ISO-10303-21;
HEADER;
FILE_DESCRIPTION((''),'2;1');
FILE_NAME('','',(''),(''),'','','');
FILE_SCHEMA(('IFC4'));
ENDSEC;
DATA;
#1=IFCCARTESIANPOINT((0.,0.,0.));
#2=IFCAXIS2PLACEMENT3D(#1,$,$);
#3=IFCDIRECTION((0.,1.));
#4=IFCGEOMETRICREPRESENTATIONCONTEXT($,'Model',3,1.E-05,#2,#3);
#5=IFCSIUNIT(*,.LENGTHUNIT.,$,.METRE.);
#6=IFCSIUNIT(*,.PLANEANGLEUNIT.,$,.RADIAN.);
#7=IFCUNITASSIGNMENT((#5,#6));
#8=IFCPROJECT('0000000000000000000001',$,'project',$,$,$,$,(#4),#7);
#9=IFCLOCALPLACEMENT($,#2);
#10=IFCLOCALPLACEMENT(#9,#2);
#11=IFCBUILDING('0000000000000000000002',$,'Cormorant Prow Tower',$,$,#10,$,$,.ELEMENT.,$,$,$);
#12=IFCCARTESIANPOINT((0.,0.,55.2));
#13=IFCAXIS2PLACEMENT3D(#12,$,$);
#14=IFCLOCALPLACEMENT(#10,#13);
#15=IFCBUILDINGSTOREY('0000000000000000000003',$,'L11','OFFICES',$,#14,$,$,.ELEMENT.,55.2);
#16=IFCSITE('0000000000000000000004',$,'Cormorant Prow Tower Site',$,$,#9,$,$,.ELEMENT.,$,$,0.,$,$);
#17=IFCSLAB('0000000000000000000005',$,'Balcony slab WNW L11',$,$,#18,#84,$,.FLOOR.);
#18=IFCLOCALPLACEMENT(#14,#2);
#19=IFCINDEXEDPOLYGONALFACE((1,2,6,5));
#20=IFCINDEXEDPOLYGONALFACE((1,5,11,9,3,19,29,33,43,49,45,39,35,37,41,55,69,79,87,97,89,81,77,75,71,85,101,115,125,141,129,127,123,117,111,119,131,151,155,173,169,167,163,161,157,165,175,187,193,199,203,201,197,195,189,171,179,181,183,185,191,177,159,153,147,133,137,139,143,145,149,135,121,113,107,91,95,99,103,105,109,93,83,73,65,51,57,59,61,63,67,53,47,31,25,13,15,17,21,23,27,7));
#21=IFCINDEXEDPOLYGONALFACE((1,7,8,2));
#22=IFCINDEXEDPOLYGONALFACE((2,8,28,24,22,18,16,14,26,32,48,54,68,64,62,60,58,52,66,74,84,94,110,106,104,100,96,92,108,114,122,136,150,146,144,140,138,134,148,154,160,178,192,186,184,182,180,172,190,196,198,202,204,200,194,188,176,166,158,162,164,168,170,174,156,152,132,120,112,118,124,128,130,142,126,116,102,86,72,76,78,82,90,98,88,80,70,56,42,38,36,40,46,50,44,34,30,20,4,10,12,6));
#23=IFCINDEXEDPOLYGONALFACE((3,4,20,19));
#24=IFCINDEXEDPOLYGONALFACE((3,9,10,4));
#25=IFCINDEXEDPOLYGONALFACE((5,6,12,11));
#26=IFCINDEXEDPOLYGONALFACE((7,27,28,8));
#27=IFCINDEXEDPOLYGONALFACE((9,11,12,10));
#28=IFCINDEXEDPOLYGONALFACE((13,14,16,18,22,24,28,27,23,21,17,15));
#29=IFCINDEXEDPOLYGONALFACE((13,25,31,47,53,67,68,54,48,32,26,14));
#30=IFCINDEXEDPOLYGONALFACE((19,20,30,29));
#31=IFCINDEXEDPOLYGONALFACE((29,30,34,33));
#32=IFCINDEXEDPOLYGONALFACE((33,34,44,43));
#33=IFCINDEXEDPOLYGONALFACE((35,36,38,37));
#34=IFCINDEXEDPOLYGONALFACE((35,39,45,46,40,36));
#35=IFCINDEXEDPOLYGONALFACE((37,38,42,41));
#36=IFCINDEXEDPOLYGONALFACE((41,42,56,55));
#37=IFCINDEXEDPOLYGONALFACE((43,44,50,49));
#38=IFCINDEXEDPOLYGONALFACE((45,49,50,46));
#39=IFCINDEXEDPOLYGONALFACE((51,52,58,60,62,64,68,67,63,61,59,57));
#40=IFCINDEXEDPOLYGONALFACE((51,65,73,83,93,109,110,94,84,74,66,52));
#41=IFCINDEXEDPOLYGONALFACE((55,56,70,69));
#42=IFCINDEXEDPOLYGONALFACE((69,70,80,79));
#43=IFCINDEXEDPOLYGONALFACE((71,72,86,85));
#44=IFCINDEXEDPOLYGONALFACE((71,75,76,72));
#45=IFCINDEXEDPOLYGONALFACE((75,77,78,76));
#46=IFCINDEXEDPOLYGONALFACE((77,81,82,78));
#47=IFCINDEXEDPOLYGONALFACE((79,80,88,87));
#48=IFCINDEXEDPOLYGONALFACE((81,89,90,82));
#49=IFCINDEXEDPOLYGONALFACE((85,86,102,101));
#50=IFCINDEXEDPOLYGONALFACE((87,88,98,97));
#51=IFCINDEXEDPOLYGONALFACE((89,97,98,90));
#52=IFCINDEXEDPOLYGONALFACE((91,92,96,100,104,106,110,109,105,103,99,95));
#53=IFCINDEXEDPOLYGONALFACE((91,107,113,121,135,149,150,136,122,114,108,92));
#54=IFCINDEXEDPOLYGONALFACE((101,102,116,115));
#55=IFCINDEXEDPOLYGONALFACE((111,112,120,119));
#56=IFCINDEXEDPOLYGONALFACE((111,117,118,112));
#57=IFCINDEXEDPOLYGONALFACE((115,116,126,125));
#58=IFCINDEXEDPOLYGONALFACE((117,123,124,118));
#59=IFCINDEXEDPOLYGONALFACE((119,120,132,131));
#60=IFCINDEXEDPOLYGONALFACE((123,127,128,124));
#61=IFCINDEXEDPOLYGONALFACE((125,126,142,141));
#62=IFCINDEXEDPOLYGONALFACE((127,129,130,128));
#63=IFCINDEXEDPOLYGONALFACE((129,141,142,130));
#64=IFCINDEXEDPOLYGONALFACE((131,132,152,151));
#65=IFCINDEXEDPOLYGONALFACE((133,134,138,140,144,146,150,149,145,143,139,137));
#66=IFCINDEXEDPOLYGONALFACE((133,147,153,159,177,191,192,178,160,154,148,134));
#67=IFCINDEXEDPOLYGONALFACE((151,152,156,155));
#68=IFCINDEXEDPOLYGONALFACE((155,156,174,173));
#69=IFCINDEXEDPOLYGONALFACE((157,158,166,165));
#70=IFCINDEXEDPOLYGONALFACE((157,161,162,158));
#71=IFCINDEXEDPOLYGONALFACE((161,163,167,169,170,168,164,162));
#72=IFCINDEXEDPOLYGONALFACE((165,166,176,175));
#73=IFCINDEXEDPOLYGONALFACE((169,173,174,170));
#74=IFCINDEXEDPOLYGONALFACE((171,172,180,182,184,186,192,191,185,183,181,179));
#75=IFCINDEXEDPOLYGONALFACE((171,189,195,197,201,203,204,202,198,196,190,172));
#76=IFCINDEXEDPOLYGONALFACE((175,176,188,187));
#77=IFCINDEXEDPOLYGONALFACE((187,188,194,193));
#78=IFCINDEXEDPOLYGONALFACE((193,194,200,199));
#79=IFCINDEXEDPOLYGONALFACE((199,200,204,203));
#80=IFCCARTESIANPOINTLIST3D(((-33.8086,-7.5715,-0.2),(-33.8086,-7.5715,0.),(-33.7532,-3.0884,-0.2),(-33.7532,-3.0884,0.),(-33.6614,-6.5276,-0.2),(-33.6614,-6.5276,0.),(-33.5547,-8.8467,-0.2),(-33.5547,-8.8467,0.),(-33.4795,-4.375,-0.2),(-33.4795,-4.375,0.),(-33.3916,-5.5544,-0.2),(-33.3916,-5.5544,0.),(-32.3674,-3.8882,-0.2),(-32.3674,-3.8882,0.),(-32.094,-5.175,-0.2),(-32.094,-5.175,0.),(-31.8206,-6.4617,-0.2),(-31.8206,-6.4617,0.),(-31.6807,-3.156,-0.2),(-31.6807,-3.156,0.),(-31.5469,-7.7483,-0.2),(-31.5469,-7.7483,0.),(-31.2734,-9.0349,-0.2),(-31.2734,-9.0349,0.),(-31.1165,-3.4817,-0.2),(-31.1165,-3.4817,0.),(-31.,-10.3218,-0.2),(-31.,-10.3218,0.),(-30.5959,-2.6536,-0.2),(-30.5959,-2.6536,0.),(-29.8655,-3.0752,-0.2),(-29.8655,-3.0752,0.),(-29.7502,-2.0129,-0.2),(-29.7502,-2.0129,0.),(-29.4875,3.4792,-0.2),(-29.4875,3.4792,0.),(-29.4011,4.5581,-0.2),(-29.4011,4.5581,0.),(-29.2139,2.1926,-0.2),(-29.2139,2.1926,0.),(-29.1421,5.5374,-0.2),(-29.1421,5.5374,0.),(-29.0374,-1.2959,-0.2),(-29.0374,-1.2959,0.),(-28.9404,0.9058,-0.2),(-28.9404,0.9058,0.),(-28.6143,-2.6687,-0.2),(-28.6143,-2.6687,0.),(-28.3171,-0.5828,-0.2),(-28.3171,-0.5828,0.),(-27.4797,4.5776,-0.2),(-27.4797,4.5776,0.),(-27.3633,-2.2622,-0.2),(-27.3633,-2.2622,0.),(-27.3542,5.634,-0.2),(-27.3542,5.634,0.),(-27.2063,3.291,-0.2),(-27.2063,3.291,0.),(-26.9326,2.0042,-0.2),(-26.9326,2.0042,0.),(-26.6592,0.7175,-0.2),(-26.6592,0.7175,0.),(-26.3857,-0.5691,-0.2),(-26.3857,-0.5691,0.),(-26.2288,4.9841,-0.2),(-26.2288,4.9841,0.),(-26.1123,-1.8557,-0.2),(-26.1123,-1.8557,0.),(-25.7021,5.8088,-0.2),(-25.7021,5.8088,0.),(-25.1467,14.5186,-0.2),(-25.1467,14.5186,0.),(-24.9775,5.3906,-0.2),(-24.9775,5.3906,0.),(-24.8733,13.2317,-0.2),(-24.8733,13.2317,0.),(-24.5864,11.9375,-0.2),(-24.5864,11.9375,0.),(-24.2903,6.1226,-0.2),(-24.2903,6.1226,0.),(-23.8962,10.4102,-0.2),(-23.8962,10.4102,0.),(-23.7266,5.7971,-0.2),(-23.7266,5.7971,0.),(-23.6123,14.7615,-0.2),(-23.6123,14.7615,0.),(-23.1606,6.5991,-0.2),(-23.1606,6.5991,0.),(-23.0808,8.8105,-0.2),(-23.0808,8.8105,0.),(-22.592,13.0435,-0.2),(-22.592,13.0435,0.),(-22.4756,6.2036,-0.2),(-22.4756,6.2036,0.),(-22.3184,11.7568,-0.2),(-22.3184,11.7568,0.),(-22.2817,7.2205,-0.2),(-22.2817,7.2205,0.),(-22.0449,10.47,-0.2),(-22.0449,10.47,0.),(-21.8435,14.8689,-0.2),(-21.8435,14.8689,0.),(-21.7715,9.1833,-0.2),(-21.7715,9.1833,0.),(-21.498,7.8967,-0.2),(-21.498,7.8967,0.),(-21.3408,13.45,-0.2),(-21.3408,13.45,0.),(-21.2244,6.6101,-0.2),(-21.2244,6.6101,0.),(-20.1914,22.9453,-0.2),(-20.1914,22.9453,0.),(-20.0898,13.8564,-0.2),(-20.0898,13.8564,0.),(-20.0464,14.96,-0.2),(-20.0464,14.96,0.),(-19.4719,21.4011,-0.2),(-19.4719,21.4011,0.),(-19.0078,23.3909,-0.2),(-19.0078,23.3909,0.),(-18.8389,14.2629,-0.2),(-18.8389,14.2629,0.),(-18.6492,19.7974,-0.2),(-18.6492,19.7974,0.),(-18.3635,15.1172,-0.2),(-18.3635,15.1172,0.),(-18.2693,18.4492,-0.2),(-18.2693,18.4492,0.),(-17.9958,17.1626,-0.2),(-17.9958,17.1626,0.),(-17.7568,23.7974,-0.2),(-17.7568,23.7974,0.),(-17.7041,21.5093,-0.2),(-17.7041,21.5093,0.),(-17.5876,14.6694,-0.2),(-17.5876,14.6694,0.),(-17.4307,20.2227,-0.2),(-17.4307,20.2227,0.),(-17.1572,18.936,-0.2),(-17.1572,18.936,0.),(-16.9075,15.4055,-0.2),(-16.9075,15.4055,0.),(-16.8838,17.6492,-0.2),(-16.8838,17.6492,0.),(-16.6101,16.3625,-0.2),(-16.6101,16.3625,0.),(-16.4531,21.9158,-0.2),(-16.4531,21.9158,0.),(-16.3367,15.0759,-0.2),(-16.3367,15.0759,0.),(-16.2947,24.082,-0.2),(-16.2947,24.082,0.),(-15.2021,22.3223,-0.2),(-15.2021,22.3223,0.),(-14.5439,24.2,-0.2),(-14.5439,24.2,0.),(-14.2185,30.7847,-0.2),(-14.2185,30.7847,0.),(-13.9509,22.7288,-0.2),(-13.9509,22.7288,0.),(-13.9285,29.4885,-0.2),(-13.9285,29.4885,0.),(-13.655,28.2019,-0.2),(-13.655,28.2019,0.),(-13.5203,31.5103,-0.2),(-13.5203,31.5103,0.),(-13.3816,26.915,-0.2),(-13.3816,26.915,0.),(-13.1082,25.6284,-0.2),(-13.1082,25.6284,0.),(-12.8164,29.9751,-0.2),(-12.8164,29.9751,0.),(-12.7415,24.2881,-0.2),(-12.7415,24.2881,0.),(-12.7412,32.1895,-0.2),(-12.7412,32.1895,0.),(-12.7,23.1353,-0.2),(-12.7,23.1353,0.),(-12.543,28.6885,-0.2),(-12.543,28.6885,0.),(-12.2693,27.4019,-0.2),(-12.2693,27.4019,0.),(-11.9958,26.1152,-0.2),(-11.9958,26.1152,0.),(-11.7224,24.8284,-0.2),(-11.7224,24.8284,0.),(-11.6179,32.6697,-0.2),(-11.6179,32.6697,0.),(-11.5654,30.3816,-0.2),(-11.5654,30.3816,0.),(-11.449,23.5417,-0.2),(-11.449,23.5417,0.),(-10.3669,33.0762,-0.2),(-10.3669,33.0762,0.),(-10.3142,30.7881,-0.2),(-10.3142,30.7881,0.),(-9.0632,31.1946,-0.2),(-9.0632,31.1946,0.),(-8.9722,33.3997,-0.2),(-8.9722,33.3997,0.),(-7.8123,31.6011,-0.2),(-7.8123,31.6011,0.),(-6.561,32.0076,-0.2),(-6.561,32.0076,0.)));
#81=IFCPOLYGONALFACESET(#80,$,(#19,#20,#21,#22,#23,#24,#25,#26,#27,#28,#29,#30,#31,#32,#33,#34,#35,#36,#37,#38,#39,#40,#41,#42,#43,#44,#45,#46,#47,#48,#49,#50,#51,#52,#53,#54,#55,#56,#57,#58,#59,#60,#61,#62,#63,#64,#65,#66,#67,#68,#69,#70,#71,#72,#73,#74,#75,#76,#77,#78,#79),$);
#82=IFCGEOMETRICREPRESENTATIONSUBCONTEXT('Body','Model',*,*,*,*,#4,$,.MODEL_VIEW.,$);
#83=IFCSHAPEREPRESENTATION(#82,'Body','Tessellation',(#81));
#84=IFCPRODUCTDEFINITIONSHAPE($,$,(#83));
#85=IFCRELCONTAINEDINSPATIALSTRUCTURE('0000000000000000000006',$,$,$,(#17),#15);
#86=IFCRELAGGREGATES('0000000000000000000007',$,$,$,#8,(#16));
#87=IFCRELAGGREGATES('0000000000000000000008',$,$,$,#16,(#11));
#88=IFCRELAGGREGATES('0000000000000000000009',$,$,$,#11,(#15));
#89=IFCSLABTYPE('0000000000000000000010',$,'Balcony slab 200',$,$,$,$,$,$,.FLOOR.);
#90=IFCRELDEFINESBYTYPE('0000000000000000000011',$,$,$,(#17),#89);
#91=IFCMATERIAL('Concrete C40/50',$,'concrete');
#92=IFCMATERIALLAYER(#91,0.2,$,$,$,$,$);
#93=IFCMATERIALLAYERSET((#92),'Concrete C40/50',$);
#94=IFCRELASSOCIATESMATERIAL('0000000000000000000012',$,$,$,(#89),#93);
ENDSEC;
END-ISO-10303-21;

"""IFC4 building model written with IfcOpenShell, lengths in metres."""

from ifc_helpers import new_model, si_unit, direction, frame, origin, place, context, subcontext, project, spatial, polyline, outline, extrude, material, layer, layer_set, type_object, element, save


model = new_model("IFC4")

# Units and contexts
model_context = context("Model", 3, precision=1e-05, world=origin(), true_north=direction((0.0, 1.0)))
body_context = subcontext(model_context, "Body", "Model", "MODEL_VIEW")
ifc_project = project(units=[si_unit("LENGTHUNIT", "METRE"), si_unit("PLANEANGLEUNIT", "RADIAN")], contexts=[model_context])

# Site, building, storey
site_placement = place(None, origin())
site = spatial("IfcSite", under=ifc_project, at=site_placement, Name="Cormorant Prow Tower Site", CompositionType="ELEMENT", RefElevation=0.0)
building_placement = place(site_placement, origin())
building = spatial("IfcBuilding", under=site, at=building_placement, Name="Cormorant Prow Tower", CompositionType="ELEMENT")
storey_placement = place(building_placement, frame((0.0, 0.0, 55.2)))
storey = spatial("IfcBuildingStorey", under=building, at=storey_placement, Name="L11", Description="OFFICES", CompositionType="ELEMENT", Elevation=55.2)

# Slab
ifc_material_1 = material(Name="Concrete C40/50", Category="concrete")
ifc_layer_1 = layer(ifc_material_1, 0.2)
ifc_layer_set_1 = layer_set([ifc_layer_1], Name="Concrete C40/50")
slab_type_1 = type_object("IfcSlabType", Name="Balcony slab 200", PredefinedType="FLOOR", material=ifc_layer_set_1)
slab_1_placement = place(storey_placement, frame((0.0, 0.0, -0.2)))
element("IfcSlab", 1, at=slab_1_placement, inside=storey, type_object=slab_type_1, Name="Balcony slab WNW L11", PredefinedType="FLOOR", context=body_context, shape_type="SweptSolid", body=[
    extrude(outline(polyline([(-6.561, 32.0076), (-8.9722, 33.3997), (-10.3669, 33.0762), (-11.6179, 32.6697), (-12.7412, 32.1895), (-13.5203, 31.5103), (-14.2185, 30.7847), (-13.9285, 29.4885), (-13.655, 28.2019), (-13.3816, 26.915), (-13.1082, 25.6284), (-12.7415, 24.2881), (-14.5439, 24.2), (-16.2947, 24.082), (-17.7568, 23.7974), (-19.0078, 23.3909), (-20.1914, 22.9453), (-19.4719, 21.4011), (-18.6492, 19.7974), (-18.2693, 18.4492), (-17.9958, 17.1626), (-16.9075, 15.4055), (-18.3635, 15.1172), (-20.0464, 14.96), (-21.8435, 14.8689), (-23.6123, 14.7615), (-25.1467, 14.5186), (-24.8733, 13.2317), (-24.5864, 11.9375), (-23.8962, 10.4102), (-23.0808, 8.8105), (-22.2817, 7.2205), (-23.1606, 6.5991), (-24.2903, 6.1226), (-25.7021, 5.8088), (-27.3542, 5.634), (-29.1421, 5.5374), (-29.4011, 4.5581), (-29.4875, 3.4792), (-29.2139, 2.1926), (-28.9404, 0.9058), (-28.3171, -0.5828), (-29.0374, -1.2959), (-29.7502, -2.0129), (-30.5959, -2.6536), (-31.6807, -3.156), (-33.7532, -3.0884), (-33.4795, -4.375), (-33.3916, -5.5544), (-33.6614, -6.5276), (-33.8086, -7.5715), (-33.5547, -8.8467), (-31.0, -10.3218), (-31.2734, -9.0349), (-31.5469, -7.7483), (-31.8206, -6.4617), (-32.094, -5.175), (-32.3674, -3.8882), (-31.1165, -3.4817), (-29.8655, -3.0752), (-28.6143, -2.6687), (-27.3633, -2.2622), (-26.1123, -1.8557), (-26.3857, -0.5691), (-26.6592, 0.7175), (-26.9326, 2.0042), (-27.2063, 3.291), (-27.4797, 4.5776), (-26.2288, 4.9841), (-24.9775, 5.3906), (-23.7266, 5.7971), (-22.4756, 6.2036), (-21.2244, 6.6101), (-21.498, 7.8967), (-21.7715, 9.1833), (-22.0449, 10.47), (-22.3184, 11.7568), (-22.592, 13.0435), (-21.3408, 13.45), (-20.0898, 13.8564), (-18.8389, 14.2629), (-17.5876, 14.6694), (-16.3367, 15.0759), (-16.6101, 16.3625), (-16.8838, 17.6492), (-17.1572, 18.936), (-17.4307, 20.2227), (-17.7041, 21.5093), (-16.4531, 21.9158), (-15.2021, 22.3223), (-13.9509, 22.7288), (-12.7, 23.1353), (-11.449, 23.5417), (-11.7224, 24.8284), (-11.9958, 26.1152), (-12.2693, 27.4019), (-12.543, 28.6885), (-12.8164, 29.9751), (-11.5654, 30.3816), (-10.3142, 30.7881), (-9.0632, 31.1946), (-7.8123, 31.6011), (-6.561, 32.0076)])), origin(), (0.0, 0.0, 1.0), 0.2),
])

save(model, "model.ifc")
